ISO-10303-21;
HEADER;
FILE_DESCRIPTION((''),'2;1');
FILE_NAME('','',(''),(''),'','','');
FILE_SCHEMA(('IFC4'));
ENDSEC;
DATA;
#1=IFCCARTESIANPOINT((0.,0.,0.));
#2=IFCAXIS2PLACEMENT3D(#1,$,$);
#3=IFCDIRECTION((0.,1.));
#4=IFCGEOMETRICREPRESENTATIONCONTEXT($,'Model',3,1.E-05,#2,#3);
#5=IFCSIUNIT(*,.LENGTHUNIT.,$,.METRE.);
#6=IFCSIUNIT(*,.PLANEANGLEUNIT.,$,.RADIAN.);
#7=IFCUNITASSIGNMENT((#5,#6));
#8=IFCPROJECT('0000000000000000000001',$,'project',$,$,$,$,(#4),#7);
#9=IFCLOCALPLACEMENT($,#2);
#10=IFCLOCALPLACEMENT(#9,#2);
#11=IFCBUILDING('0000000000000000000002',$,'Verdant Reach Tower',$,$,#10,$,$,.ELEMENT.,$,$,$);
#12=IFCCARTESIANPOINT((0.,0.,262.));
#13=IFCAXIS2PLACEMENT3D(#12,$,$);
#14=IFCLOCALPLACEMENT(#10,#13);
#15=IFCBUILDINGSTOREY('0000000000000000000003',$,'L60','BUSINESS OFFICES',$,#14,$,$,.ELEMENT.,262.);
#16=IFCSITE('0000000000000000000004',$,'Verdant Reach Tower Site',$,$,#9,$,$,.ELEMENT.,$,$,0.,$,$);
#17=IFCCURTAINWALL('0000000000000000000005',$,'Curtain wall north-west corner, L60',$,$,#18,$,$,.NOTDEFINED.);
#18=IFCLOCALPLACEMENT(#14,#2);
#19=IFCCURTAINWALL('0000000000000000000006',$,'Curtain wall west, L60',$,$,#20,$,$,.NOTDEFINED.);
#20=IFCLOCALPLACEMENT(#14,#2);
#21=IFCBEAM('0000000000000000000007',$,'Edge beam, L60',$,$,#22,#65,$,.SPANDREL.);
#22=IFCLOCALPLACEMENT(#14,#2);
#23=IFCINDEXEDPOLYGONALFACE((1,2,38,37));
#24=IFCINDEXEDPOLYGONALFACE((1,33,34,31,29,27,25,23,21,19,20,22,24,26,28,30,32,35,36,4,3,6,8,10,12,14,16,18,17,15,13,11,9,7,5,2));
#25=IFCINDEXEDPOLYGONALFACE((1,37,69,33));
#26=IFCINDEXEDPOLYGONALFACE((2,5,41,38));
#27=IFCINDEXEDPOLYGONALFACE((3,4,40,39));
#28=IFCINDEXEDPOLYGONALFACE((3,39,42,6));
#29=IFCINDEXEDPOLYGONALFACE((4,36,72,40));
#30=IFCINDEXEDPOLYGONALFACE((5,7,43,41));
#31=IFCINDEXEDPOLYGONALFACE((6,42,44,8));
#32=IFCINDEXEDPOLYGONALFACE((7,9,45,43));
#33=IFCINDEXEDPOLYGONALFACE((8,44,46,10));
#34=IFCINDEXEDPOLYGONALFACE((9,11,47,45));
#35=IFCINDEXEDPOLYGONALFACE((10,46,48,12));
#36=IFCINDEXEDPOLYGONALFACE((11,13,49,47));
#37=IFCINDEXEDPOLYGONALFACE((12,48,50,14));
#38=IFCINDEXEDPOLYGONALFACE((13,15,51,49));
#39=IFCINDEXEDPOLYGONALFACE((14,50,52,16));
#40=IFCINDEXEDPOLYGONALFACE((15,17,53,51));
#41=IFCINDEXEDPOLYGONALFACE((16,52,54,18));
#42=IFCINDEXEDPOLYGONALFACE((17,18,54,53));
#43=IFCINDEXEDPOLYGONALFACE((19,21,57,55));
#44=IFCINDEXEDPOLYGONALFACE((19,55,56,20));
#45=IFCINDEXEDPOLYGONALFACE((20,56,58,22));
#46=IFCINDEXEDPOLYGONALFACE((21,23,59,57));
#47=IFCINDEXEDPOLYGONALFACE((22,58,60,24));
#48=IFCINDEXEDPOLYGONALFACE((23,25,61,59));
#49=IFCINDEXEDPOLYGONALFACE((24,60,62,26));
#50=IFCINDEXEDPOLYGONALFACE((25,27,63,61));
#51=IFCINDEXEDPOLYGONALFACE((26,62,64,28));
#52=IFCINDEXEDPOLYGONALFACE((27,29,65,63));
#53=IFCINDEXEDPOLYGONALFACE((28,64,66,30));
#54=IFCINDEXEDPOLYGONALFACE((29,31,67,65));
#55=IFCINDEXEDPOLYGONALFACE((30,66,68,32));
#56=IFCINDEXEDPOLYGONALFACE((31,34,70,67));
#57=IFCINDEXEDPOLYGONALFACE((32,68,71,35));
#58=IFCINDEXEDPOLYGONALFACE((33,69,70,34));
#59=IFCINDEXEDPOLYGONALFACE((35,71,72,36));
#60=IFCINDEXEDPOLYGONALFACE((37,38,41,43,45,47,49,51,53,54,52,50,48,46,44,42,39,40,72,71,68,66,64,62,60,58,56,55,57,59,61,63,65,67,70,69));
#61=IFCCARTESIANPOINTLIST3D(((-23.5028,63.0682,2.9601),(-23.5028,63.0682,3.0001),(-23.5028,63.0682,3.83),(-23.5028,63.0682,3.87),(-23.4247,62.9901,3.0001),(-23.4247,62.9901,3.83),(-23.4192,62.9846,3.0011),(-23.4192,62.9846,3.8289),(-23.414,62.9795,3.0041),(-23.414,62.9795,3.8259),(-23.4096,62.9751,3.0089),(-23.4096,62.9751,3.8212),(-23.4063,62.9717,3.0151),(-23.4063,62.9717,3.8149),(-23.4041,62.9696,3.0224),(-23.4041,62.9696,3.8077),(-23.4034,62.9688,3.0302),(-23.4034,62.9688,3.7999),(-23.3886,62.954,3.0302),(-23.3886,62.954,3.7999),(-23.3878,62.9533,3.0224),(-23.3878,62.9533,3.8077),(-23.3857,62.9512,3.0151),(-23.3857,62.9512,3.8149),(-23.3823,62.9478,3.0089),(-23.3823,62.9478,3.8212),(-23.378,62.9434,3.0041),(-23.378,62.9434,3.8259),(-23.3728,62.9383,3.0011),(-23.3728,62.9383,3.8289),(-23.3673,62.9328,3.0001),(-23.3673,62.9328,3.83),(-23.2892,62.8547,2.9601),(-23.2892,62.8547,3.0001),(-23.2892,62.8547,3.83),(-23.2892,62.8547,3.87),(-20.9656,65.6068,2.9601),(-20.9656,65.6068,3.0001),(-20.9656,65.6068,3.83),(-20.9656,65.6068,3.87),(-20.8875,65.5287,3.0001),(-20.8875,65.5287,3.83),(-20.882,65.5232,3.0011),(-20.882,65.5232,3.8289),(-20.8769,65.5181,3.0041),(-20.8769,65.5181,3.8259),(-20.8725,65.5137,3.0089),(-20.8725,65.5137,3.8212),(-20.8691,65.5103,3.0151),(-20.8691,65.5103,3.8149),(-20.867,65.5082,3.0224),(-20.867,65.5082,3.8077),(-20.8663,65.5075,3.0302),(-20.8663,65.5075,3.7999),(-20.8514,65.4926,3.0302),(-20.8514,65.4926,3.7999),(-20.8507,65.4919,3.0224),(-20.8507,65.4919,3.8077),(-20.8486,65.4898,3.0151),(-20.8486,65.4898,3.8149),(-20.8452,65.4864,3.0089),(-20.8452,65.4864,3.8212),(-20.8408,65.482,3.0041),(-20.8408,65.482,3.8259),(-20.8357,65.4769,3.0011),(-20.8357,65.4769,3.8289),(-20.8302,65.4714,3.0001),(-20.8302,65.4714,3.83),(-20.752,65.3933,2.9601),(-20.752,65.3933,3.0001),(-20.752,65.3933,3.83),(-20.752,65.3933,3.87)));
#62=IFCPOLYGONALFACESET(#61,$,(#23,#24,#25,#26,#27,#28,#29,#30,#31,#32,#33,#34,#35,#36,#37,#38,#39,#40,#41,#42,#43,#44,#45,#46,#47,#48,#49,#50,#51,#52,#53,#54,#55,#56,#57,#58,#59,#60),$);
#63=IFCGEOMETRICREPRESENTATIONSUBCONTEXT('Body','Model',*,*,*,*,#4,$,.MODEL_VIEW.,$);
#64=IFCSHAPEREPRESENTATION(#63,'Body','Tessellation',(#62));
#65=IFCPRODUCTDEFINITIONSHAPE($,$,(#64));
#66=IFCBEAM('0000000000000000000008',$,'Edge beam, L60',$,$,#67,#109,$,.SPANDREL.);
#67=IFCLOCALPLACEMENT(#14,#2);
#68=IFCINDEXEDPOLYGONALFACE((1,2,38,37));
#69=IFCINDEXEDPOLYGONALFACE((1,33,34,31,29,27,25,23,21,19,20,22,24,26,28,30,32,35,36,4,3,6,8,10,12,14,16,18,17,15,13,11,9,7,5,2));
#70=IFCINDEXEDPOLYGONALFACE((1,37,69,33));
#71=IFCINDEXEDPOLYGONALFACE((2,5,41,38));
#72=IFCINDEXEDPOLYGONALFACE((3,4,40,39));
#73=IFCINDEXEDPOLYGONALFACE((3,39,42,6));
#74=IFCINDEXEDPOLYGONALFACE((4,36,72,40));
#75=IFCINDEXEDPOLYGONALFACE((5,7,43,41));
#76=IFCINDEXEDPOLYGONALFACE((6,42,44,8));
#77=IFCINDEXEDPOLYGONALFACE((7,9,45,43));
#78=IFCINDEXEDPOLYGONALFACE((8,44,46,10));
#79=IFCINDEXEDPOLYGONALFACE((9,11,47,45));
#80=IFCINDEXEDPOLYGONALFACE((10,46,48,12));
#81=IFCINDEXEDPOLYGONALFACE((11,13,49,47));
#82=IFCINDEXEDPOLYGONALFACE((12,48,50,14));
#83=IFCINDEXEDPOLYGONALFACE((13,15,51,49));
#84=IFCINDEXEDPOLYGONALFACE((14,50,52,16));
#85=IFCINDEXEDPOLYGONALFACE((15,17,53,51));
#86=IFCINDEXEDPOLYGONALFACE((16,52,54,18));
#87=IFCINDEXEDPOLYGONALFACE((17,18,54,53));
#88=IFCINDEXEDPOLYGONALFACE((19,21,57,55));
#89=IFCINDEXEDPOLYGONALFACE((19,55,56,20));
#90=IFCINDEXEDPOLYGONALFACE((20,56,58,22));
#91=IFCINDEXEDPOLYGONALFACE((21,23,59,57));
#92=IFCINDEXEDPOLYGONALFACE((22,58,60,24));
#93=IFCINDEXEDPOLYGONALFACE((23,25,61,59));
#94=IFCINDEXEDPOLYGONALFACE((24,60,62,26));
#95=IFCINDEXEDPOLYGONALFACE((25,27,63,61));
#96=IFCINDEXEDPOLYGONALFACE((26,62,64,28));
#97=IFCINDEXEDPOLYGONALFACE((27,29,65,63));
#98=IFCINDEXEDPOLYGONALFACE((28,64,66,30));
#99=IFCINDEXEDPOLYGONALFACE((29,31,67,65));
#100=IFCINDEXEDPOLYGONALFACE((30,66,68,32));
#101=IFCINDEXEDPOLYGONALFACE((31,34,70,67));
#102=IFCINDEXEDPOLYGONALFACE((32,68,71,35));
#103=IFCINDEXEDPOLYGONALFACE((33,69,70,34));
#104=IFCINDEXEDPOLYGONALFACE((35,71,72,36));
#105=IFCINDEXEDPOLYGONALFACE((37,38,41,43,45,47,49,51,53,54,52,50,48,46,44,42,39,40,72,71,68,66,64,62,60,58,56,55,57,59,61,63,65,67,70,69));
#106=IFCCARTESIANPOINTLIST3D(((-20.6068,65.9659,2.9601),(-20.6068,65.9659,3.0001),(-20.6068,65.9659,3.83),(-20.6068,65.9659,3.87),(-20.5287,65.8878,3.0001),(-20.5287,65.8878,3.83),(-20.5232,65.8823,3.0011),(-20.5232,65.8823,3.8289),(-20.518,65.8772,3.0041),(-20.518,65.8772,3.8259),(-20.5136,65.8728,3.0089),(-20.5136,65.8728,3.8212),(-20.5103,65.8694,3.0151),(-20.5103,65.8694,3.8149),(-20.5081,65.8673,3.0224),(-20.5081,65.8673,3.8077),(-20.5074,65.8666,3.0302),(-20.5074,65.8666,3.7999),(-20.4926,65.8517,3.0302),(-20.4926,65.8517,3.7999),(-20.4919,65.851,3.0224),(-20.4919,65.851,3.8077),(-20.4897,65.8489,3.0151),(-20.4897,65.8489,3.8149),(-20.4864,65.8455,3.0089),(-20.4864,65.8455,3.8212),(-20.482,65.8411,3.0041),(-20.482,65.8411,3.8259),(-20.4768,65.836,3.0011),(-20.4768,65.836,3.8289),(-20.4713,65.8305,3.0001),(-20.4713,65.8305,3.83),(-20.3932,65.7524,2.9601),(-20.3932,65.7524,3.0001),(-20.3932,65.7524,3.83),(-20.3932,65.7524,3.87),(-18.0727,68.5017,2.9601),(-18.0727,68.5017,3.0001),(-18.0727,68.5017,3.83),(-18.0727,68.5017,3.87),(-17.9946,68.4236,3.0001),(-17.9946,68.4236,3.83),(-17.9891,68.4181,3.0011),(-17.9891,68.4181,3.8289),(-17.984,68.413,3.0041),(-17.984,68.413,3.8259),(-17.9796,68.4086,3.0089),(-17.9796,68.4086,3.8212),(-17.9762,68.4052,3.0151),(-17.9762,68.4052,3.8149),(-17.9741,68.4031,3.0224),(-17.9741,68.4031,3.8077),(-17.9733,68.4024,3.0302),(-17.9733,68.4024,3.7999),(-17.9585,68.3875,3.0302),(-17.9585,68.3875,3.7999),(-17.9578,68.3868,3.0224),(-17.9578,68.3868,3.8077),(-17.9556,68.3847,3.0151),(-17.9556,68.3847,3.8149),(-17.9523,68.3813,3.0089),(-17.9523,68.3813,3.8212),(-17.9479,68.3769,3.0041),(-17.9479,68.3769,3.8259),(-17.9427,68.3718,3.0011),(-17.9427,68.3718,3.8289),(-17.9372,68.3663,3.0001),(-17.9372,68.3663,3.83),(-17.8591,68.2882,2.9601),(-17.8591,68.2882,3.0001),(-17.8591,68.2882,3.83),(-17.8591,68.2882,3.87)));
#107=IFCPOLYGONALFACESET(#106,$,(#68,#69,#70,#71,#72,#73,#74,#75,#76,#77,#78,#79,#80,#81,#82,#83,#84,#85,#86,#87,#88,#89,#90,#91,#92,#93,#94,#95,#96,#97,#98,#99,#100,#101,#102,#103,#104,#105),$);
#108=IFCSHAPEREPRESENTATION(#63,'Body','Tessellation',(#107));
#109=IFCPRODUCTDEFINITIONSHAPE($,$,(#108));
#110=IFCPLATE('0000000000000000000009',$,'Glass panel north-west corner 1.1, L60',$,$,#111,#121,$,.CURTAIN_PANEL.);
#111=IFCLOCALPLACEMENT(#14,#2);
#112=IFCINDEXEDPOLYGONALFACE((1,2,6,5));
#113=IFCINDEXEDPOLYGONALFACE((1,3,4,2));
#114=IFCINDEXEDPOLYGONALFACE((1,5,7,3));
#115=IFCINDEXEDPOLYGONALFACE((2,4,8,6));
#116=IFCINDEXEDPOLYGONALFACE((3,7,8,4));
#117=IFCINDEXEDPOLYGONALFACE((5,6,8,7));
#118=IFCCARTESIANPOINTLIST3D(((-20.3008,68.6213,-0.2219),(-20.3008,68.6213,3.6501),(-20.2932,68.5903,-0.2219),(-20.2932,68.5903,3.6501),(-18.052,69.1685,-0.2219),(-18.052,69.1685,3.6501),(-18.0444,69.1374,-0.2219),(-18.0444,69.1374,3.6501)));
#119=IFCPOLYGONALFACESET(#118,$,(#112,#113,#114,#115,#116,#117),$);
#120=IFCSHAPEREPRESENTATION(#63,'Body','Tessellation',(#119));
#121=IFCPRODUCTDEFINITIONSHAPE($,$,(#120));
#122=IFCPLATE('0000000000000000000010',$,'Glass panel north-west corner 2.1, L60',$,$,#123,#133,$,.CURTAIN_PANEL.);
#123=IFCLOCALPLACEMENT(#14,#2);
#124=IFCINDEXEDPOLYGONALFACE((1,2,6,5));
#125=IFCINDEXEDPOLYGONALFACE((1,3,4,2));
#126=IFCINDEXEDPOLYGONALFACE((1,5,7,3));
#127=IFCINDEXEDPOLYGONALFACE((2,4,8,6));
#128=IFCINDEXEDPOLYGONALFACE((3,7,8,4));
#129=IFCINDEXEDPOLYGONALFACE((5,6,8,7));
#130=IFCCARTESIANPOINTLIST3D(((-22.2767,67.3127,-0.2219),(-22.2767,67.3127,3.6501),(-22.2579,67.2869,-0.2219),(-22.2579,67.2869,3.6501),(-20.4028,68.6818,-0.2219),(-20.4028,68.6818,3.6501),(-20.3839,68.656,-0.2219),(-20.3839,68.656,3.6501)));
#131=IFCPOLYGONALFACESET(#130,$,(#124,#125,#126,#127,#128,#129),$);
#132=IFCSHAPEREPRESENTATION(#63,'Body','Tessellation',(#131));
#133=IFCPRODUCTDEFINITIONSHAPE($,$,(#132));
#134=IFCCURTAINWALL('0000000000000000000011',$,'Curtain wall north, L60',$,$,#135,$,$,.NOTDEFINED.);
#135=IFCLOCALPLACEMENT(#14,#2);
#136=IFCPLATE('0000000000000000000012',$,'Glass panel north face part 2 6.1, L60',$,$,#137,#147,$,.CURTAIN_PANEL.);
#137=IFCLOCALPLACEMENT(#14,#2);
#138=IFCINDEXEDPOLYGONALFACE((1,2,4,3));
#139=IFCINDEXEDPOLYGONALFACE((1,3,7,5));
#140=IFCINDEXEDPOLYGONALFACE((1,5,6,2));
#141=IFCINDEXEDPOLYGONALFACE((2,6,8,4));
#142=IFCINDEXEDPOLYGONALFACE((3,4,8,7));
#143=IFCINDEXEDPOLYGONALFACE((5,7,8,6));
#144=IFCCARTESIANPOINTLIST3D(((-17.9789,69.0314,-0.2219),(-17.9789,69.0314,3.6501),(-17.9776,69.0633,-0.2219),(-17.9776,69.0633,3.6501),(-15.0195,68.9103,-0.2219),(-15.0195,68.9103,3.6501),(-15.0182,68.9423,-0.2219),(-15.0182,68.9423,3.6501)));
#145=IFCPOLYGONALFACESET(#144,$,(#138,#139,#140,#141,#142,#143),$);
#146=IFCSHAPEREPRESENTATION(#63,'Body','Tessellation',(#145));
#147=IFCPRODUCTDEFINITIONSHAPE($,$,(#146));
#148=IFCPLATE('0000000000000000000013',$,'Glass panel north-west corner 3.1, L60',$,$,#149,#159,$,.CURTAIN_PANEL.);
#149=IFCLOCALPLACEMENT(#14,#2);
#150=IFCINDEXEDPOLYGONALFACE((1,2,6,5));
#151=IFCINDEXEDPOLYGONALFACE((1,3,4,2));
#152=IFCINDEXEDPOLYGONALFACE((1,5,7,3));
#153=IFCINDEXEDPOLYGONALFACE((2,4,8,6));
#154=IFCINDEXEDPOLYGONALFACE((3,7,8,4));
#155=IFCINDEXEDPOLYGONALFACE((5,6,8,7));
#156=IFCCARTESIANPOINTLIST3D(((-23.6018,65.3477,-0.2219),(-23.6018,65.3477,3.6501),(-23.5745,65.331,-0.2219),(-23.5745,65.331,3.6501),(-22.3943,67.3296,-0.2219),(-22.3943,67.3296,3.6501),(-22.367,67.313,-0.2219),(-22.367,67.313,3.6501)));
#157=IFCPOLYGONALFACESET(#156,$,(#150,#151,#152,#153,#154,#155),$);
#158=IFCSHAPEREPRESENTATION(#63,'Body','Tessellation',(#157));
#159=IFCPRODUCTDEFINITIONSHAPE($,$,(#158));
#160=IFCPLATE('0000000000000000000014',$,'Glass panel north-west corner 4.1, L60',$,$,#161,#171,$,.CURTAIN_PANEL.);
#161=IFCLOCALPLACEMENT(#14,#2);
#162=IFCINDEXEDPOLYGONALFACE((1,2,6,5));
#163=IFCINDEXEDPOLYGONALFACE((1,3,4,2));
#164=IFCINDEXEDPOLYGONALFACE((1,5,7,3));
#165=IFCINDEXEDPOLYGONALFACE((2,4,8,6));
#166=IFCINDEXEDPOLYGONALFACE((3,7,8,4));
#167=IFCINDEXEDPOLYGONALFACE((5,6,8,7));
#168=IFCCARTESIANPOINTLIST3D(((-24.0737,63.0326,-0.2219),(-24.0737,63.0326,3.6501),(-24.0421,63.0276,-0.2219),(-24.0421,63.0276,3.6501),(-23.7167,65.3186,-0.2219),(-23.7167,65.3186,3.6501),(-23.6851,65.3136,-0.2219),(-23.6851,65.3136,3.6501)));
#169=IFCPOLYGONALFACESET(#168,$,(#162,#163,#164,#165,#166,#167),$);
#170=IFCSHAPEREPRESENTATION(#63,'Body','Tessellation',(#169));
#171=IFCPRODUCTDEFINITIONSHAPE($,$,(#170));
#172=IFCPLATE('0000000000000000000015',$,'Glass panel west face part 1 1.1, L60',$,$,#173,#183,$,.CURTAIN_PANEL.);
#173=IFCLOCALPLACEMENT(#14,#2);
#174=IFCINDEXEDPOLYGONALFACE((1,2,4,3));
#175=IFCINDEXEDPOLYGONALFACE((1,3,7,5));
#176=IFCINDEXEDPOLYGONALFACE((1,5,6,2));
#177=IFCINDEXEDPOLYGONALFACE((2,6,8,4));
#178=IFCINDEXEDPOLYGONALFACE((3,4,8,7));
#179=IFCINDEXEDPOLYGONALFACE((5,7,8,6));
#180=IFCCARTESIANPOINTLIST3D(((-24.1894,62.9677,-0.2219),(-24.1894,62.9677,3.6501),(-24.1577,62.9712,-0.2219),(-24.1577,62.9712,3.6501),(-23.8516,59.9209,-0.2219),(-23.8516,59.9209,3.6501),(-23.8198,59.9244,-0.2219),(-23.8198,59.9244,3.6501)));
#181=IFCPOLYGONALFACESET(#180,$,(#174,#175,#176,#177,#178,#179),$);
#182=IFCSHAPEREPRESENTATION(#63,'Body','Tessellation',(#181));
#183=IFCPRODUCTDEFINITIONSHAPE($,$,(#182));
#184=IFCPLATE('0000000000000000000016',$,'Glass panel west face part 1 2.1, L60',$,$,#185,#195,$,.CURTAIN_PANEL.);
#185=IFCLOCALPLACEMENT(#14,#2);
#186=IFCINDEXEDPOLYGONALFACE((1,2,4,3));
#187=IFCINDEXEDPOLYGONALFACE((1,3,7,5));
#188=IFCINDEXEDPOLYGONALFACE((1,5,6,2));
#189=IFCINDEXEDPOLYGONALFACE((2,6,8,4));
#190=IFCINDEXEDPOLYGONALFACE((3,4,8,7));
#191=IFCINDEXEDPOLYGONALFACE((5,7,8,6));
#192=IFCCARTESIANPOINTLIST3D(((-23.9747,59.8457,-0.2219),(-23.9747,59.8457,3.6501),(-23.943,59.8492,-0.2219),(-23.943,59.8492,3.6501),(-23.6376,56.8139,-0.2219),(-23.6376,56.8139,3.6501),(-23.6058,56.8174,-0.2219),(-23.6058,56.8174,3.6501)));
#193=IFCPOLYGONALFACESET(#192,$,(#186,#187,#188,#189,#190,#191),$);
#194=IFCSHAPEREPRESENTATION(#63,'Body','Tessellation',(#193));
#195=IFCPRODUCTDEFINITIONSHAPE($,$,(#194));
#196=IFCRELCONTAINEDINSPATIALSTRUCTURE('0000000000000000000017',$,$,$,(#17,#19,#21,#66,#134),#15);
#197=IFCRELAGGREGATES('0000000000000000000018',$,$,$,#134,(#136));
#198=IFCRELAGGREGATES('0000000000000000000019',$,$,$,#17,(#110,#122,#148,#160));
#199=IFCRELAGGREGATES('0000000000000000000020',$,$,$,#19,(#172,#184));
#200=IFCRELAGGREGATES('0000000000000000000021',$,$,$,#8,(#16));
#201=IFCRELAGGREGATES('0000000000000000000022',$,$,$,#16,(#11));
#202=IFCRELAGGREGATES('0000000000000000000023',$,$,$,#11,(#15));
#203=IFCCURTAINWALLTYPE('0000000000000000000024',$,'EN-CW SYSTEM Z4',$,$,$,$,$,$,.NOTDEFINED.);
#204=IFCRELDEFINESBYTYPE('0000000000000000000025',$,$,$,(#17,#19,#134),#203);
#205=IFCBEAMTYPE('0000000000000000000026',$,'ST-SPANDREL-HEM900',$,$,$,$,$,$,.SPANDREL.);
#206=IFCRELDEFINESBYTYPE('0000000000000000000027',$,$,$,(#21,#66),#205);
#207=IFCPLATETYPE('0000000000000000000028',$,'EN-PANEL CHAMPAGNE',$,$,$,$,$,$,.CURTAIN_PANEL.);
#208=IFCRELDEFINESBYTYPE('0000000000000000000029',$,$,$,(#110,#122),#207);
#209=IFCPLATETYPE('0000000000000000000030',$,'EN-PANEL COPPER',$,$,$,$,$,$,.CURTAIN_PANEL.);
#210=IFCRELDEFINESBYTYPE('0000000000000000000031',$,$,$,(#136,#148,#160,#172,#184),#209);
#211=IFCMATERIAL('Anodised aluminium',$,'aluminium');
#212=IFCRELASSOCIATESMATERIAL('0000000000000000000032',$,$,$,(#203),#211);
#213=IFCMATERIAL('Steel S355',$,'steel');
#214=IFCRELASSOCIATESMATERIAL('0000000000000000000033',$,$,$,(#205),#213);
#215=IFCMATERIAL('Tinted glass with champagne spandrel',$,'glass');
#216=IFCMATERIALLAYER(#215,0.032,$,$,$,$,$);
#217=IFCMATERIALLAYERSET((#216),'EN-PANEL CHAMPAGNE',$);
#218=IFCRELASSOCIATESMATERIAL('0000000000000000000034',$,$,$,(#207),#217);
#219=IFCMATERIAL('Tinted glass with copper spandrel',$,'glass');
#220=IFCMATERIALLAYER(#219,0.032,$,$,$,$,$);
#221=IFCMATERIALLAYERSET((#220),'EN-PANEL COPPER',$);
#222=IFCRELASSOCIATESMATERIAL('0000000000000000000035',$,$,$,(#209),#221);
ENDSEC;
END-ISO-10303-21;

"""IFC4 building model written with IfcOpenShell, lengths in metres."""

from ifc_helpers import new_model, si_unit, direction, frame, origin, origin_2d, place, context, subcontext, project, spatial, rectangle, i_section, extrude, material, layer, layer_set, material_profile, profile_set, type_object, element, aggregate, save


model = new_model("IFC4")

# Units and contexts
model_context = context("Model", 3, precision=1e-05, world=origin(), true_north=direction((0.0, 1.0)))
body_context = subcontext(model_context, "Body", "Model", "MODEL_VIEW")
ifc_project = project(units=[si_unit("LENGTHUNIT", "METRE"), si_unit("PLANEANGLEUNIT", "RADIAN")], contexts=[model_context])

# Site, building, storey
site_placement = place(None, origin())
site = spatial("IfcSite", under=ifc_project, at=site_placement, Name="Verdant Reach Tower Site", CompositionType="ELEMENT", RefElevation=0.0)
building_placement = place(site_placement, origin())
building = spatial("IfcBuilding", under=site, at=building_placement, Name="Verdant Reach Tower", CompositionType="ELEMENT")
storey_placement = place(building_placement, frame((0.0, 0.0, 262.0)))
storey = spatial("IfcBuildingStorey", under=building, at=storey_placement, Name="L60", Description="BUSINESS OFFICES", CompositionType="ELEMENT", Elevation=262.0)

# Curtain walls
ifc_material_1 = material(Name="Anodised aluminium", Category="aluminium")
curtain_wall_type = type_object("IfcCurtainWallType", Name="EN-CW SYSTEM Z4", PredefinedType="NOTDEFINED", material=ifc_material_1)
curtain_wall_1_placement = place(storey_placement, origin())
curtain_wall_1 = element("IfcCurtainWall", 1, at=curtain_wall_1_placement, inside=storey, type_object=curtain_wall_type, Name="Curtain wall north-west corner, L60", PredefinedType="NOTDEFINED")
curtain_wall_2_placement = place(storey_placement, origin())
curtain_wall_2 = element("IfcCurtainWall", 2, at=curtain_wall_2_placement, inside=storey, type_object=curtain_wall_type, Name="Curtain wall west, L60", PredefinedType="NOTDEFINED")

# Beams
ifc_material_2 = material(Name="Steel S355", Category="steel")
ifc_material_profile_1 = material_profile(ifc_material_2, i_section(OverallWidth=0.302, OverallDepth=0.9099, WebThickness=0.021, FlangeThickness=0.04, FilletRadius=0.03, at=origin_2d()), Name="HEM 900")
ifc_profile_set_1 = profile_set([ifc_material_profile_1], Name="Steel S355")
beam_type_1 = type_object("IfcBeamType", Name="ST-SPANDREL-HEM900", PredefinedType="SPANDREL", material=ifc_profile_set_1)
beam_1_placement = place(storey_placement, frame((-23.396, 62.9614, 3.415), z_axis=(0.706903, 0.707311, 0.0), x_axis=(-0.707311, 0.706903, 0.0)))
element("IfcBeam", 3, at=beam_1_placement, inside=storey, type_object=beam_type_1, Name="Edge beam, L60", PredefinedType="SPANDREL", context=body_context, shape_type="SweptSolid", body=[
    extrude(i_section(OverallWidth=0.302, OverallDepth=0.9099, WebThickness=0.021, FlangeThickness=0.04, FilletRadius=0.03, at=origin_2d()), origin(), (0.0, 0.0, 1.0), 3.5891),
])
beam_2_placement = place(storey_placement, frame((-20.5, 65.8591, 3.415), z_axis=(0.706868, 0.707345, 0.0), x_axis=(-0.707345, 0.706868, 0.0)))
element("IfcBeam", 4, at=beam_2_placement, inside=storey, type_object=beam_type_1, Name="Edge beam, L60", PredefinedType="SPANDREL", context=body_context, shape_type="SweptSolid", body=[
    extrude(i_section(OverallWidth=0.302, OverallDepth=0.9099, WebThickness=0.021, FlangeThickness=0.04, FilletRadius=0.03, at=origin_2d()), origin(), (0.0, 0.0, 1.0), 3.585),
])

# Plates
ifc_material_3 = material(Name="Tinted glass with champagne spandrel", Category="glass")
ifc_layer_1 = layer(ifc_material_3, 0.032)
ifc_layer_set_1 = layer_set([ifc_layer_1], Name="EN-PANEL CHAMPAGNE")
plate_type_1 = type_object("IfcPlateType", Name="EN-PANEL CHAMPAGNE", PredefinedType="CURTAIN_PANEL", material=ifc_layer_set_1)
plate_1_placement = place(storey_placement, frame((-19.1726, 68.8794, -0.2219), z_axis=(0.0, 0.0, 1.0), x_axis=(-0.971652, -0.236414, 0.0)))
plate_1 = element("IfcPlate", 5, at=plate_1_placement, type_object=plate_type_1, Name="Glass panel north-west corner 1.1, L60", PredefinedType="CURTAIN_PANEL", context=body_context, shape_type="SweptSolid", body=[
    extrude(rectangle(XDim=2.3145, YDim=0.032, at=origin_2d()), origin(), (0.0, 0.0, 1.0), 3.8721),
])
plate_2_placement = place(storey_placement, frame((-21.3303, 67.9844, -0.2219), z_axis=(0.0, 0.0, 1.0), x_axis=(-0.807457, -0.589927, 0.0)))
plate_2 = element("IfcPlate", 6, at=plate_2_placement, type_object=plate_type_1, Name="Glass panel north-west corner 2.1, L60", PredefinedType="CURTAIN_PANEL", context=body_context, shape_type="SweptSolid", body=[
    extrude(rectangle(XDim=2.3208, YDim=0.032, at=origin_2d()), origin(), (0.0, 0.0, 1.0), 3.8721),
])

# Curtain wall, plate
curtain_wall_3_placement = place(storey_placement, origin())
curtain_wall_3 = element("IfcCurtainWall", 7, at=curtain_wall_3_placement, inside=storey, type_object=curtain_wall_type, Name="Curtain wall north, L60", PredefinedType="NOTDEFINED")
ifc_material_4 = material(Name="Tinted glass with copper spandrel", Category="glass")
ifc_layer_2 = layer(ifc_material_4, 0.032)
ifc_layer_set_2 = layer_set([ifc_layer_2], Name="EN-PANEL COPPER")
plate_type_2 = type_object("IfcPlateType", Name="EN-PANEL COPPER", PredefinedType="CURTAIN_PANEL", material=ifc_layer_set_2)
plate_3_placement = place(storey_placement, frame((-16.4985, 68.9868, -0.2219), z_axis=(0.0, 0.0, 1.0), x_axis=(-0.999164, 0.040881, 0.0)))
plate_3 = element("IfcPlate", 8, at=plate_3_placement, type_object=plate_type_2, Name="Glass panel north face part 2 6.1, L60", PredefinedType="CURTAIN_PANEL", context=body_context, shape_type="SweptSolid", body=[
    extrude(rectangle(XDim=2.9619, YDim=0.032, at=origin_2d()), origin(), (0.0, 0.0, 1.0), 3.8721),
])
aggregate(curtain_wall_3, [plate_3])

# Plates
plate_4_placement = place(storey_placement, frame((-22.9844, 66.3303, -0.2219), z_axis=(0.0, 0.0, 1.0), x_axis=(-0.520292, -0.853989, 0.0)))
plate_4 = element("IfcPlate", 9, at=plate_4_placement, type_object=plate_type_2, Name="Glass panel north-west corner 3.1, L60", PredefinedType="CURTAIN_PANEL", context=body_context, shape_type="SweptSolid", body=[
    extrude(rectangle(XDim=2.3208, YDim=0.032, at=origin_2d()), origin(), (0.0, 0.0, 1.0), 3.8721),
])
plate_5_placement = place(storey_placement, frame((-23.8794, 64.1731, -0.2219), z_axis=(0.0, 0.0, 1.0), x_axis=(-0.154325, -0.98802, 0.0)))
plate_5 = element("IfcPlate", 10, at=plate_5_placement, type_object=plate_type_2, Name="Glass panel north-west corner 4.1, L60", PredefinedType="CURTAIN_PANEL", context=body_context, shape_type="SweptSolid", body=[
    extrude(rectangle(XDim=2.3137, YDim=0.032, at=origin_2d()), origin(), (0.0, 0.0, 1.0), 3.8721),
])
aggregate(curtain_wall_1, [plate_1, plate_2, plate_4, plate_5])
plate_6_placement = place(storey_placement, frame((-24.0046, 61.446, -0.2219), z_axis=(0.0, 0.0, 1.0), x_axis=(0.110206, -0.993909, 0.0)))
plate_6 = element("IfcPlate", 11, at=plate_6_placement, type_object=plate_type_2, Name="Glass panel west face part 1 1.1, L60", PredefinedType="CURTAIN_PANEL", context=body_context, shape_type="SweptSolid", body=[
    extrude(rectangle(XDim=3.0654, YDim=0.032, at=origin_2d()), origin(), (0.0, 0.0, 1.0), 3.8721),
])
plate_7_placement = place(storey_placement, frame((-23.7903, 58.3315, -0.2219), z_axis=(0.0, 0.0, 1.0), x_axis=(0.110518, -0.993874, 0.0)))
plate_7 = element("IfcPlate", 12, at=plate_7_placement, type_object=plate_type_2, Name="Glass panel west face part 1 2.1, L60", PredefinedType="CURTAIN_PANEL", context=body_context, shape_type="SweptSolid", body=[
    extrude(rectangle(XDim=3.0505, YDim=0.032, at=origin_2d()), origin(), (0.0, 0.0, 1.0), 3.8721),
])
aggregate(curtain_wall_2, [plate_6, plate_7])

save(model, "model.ifc")
